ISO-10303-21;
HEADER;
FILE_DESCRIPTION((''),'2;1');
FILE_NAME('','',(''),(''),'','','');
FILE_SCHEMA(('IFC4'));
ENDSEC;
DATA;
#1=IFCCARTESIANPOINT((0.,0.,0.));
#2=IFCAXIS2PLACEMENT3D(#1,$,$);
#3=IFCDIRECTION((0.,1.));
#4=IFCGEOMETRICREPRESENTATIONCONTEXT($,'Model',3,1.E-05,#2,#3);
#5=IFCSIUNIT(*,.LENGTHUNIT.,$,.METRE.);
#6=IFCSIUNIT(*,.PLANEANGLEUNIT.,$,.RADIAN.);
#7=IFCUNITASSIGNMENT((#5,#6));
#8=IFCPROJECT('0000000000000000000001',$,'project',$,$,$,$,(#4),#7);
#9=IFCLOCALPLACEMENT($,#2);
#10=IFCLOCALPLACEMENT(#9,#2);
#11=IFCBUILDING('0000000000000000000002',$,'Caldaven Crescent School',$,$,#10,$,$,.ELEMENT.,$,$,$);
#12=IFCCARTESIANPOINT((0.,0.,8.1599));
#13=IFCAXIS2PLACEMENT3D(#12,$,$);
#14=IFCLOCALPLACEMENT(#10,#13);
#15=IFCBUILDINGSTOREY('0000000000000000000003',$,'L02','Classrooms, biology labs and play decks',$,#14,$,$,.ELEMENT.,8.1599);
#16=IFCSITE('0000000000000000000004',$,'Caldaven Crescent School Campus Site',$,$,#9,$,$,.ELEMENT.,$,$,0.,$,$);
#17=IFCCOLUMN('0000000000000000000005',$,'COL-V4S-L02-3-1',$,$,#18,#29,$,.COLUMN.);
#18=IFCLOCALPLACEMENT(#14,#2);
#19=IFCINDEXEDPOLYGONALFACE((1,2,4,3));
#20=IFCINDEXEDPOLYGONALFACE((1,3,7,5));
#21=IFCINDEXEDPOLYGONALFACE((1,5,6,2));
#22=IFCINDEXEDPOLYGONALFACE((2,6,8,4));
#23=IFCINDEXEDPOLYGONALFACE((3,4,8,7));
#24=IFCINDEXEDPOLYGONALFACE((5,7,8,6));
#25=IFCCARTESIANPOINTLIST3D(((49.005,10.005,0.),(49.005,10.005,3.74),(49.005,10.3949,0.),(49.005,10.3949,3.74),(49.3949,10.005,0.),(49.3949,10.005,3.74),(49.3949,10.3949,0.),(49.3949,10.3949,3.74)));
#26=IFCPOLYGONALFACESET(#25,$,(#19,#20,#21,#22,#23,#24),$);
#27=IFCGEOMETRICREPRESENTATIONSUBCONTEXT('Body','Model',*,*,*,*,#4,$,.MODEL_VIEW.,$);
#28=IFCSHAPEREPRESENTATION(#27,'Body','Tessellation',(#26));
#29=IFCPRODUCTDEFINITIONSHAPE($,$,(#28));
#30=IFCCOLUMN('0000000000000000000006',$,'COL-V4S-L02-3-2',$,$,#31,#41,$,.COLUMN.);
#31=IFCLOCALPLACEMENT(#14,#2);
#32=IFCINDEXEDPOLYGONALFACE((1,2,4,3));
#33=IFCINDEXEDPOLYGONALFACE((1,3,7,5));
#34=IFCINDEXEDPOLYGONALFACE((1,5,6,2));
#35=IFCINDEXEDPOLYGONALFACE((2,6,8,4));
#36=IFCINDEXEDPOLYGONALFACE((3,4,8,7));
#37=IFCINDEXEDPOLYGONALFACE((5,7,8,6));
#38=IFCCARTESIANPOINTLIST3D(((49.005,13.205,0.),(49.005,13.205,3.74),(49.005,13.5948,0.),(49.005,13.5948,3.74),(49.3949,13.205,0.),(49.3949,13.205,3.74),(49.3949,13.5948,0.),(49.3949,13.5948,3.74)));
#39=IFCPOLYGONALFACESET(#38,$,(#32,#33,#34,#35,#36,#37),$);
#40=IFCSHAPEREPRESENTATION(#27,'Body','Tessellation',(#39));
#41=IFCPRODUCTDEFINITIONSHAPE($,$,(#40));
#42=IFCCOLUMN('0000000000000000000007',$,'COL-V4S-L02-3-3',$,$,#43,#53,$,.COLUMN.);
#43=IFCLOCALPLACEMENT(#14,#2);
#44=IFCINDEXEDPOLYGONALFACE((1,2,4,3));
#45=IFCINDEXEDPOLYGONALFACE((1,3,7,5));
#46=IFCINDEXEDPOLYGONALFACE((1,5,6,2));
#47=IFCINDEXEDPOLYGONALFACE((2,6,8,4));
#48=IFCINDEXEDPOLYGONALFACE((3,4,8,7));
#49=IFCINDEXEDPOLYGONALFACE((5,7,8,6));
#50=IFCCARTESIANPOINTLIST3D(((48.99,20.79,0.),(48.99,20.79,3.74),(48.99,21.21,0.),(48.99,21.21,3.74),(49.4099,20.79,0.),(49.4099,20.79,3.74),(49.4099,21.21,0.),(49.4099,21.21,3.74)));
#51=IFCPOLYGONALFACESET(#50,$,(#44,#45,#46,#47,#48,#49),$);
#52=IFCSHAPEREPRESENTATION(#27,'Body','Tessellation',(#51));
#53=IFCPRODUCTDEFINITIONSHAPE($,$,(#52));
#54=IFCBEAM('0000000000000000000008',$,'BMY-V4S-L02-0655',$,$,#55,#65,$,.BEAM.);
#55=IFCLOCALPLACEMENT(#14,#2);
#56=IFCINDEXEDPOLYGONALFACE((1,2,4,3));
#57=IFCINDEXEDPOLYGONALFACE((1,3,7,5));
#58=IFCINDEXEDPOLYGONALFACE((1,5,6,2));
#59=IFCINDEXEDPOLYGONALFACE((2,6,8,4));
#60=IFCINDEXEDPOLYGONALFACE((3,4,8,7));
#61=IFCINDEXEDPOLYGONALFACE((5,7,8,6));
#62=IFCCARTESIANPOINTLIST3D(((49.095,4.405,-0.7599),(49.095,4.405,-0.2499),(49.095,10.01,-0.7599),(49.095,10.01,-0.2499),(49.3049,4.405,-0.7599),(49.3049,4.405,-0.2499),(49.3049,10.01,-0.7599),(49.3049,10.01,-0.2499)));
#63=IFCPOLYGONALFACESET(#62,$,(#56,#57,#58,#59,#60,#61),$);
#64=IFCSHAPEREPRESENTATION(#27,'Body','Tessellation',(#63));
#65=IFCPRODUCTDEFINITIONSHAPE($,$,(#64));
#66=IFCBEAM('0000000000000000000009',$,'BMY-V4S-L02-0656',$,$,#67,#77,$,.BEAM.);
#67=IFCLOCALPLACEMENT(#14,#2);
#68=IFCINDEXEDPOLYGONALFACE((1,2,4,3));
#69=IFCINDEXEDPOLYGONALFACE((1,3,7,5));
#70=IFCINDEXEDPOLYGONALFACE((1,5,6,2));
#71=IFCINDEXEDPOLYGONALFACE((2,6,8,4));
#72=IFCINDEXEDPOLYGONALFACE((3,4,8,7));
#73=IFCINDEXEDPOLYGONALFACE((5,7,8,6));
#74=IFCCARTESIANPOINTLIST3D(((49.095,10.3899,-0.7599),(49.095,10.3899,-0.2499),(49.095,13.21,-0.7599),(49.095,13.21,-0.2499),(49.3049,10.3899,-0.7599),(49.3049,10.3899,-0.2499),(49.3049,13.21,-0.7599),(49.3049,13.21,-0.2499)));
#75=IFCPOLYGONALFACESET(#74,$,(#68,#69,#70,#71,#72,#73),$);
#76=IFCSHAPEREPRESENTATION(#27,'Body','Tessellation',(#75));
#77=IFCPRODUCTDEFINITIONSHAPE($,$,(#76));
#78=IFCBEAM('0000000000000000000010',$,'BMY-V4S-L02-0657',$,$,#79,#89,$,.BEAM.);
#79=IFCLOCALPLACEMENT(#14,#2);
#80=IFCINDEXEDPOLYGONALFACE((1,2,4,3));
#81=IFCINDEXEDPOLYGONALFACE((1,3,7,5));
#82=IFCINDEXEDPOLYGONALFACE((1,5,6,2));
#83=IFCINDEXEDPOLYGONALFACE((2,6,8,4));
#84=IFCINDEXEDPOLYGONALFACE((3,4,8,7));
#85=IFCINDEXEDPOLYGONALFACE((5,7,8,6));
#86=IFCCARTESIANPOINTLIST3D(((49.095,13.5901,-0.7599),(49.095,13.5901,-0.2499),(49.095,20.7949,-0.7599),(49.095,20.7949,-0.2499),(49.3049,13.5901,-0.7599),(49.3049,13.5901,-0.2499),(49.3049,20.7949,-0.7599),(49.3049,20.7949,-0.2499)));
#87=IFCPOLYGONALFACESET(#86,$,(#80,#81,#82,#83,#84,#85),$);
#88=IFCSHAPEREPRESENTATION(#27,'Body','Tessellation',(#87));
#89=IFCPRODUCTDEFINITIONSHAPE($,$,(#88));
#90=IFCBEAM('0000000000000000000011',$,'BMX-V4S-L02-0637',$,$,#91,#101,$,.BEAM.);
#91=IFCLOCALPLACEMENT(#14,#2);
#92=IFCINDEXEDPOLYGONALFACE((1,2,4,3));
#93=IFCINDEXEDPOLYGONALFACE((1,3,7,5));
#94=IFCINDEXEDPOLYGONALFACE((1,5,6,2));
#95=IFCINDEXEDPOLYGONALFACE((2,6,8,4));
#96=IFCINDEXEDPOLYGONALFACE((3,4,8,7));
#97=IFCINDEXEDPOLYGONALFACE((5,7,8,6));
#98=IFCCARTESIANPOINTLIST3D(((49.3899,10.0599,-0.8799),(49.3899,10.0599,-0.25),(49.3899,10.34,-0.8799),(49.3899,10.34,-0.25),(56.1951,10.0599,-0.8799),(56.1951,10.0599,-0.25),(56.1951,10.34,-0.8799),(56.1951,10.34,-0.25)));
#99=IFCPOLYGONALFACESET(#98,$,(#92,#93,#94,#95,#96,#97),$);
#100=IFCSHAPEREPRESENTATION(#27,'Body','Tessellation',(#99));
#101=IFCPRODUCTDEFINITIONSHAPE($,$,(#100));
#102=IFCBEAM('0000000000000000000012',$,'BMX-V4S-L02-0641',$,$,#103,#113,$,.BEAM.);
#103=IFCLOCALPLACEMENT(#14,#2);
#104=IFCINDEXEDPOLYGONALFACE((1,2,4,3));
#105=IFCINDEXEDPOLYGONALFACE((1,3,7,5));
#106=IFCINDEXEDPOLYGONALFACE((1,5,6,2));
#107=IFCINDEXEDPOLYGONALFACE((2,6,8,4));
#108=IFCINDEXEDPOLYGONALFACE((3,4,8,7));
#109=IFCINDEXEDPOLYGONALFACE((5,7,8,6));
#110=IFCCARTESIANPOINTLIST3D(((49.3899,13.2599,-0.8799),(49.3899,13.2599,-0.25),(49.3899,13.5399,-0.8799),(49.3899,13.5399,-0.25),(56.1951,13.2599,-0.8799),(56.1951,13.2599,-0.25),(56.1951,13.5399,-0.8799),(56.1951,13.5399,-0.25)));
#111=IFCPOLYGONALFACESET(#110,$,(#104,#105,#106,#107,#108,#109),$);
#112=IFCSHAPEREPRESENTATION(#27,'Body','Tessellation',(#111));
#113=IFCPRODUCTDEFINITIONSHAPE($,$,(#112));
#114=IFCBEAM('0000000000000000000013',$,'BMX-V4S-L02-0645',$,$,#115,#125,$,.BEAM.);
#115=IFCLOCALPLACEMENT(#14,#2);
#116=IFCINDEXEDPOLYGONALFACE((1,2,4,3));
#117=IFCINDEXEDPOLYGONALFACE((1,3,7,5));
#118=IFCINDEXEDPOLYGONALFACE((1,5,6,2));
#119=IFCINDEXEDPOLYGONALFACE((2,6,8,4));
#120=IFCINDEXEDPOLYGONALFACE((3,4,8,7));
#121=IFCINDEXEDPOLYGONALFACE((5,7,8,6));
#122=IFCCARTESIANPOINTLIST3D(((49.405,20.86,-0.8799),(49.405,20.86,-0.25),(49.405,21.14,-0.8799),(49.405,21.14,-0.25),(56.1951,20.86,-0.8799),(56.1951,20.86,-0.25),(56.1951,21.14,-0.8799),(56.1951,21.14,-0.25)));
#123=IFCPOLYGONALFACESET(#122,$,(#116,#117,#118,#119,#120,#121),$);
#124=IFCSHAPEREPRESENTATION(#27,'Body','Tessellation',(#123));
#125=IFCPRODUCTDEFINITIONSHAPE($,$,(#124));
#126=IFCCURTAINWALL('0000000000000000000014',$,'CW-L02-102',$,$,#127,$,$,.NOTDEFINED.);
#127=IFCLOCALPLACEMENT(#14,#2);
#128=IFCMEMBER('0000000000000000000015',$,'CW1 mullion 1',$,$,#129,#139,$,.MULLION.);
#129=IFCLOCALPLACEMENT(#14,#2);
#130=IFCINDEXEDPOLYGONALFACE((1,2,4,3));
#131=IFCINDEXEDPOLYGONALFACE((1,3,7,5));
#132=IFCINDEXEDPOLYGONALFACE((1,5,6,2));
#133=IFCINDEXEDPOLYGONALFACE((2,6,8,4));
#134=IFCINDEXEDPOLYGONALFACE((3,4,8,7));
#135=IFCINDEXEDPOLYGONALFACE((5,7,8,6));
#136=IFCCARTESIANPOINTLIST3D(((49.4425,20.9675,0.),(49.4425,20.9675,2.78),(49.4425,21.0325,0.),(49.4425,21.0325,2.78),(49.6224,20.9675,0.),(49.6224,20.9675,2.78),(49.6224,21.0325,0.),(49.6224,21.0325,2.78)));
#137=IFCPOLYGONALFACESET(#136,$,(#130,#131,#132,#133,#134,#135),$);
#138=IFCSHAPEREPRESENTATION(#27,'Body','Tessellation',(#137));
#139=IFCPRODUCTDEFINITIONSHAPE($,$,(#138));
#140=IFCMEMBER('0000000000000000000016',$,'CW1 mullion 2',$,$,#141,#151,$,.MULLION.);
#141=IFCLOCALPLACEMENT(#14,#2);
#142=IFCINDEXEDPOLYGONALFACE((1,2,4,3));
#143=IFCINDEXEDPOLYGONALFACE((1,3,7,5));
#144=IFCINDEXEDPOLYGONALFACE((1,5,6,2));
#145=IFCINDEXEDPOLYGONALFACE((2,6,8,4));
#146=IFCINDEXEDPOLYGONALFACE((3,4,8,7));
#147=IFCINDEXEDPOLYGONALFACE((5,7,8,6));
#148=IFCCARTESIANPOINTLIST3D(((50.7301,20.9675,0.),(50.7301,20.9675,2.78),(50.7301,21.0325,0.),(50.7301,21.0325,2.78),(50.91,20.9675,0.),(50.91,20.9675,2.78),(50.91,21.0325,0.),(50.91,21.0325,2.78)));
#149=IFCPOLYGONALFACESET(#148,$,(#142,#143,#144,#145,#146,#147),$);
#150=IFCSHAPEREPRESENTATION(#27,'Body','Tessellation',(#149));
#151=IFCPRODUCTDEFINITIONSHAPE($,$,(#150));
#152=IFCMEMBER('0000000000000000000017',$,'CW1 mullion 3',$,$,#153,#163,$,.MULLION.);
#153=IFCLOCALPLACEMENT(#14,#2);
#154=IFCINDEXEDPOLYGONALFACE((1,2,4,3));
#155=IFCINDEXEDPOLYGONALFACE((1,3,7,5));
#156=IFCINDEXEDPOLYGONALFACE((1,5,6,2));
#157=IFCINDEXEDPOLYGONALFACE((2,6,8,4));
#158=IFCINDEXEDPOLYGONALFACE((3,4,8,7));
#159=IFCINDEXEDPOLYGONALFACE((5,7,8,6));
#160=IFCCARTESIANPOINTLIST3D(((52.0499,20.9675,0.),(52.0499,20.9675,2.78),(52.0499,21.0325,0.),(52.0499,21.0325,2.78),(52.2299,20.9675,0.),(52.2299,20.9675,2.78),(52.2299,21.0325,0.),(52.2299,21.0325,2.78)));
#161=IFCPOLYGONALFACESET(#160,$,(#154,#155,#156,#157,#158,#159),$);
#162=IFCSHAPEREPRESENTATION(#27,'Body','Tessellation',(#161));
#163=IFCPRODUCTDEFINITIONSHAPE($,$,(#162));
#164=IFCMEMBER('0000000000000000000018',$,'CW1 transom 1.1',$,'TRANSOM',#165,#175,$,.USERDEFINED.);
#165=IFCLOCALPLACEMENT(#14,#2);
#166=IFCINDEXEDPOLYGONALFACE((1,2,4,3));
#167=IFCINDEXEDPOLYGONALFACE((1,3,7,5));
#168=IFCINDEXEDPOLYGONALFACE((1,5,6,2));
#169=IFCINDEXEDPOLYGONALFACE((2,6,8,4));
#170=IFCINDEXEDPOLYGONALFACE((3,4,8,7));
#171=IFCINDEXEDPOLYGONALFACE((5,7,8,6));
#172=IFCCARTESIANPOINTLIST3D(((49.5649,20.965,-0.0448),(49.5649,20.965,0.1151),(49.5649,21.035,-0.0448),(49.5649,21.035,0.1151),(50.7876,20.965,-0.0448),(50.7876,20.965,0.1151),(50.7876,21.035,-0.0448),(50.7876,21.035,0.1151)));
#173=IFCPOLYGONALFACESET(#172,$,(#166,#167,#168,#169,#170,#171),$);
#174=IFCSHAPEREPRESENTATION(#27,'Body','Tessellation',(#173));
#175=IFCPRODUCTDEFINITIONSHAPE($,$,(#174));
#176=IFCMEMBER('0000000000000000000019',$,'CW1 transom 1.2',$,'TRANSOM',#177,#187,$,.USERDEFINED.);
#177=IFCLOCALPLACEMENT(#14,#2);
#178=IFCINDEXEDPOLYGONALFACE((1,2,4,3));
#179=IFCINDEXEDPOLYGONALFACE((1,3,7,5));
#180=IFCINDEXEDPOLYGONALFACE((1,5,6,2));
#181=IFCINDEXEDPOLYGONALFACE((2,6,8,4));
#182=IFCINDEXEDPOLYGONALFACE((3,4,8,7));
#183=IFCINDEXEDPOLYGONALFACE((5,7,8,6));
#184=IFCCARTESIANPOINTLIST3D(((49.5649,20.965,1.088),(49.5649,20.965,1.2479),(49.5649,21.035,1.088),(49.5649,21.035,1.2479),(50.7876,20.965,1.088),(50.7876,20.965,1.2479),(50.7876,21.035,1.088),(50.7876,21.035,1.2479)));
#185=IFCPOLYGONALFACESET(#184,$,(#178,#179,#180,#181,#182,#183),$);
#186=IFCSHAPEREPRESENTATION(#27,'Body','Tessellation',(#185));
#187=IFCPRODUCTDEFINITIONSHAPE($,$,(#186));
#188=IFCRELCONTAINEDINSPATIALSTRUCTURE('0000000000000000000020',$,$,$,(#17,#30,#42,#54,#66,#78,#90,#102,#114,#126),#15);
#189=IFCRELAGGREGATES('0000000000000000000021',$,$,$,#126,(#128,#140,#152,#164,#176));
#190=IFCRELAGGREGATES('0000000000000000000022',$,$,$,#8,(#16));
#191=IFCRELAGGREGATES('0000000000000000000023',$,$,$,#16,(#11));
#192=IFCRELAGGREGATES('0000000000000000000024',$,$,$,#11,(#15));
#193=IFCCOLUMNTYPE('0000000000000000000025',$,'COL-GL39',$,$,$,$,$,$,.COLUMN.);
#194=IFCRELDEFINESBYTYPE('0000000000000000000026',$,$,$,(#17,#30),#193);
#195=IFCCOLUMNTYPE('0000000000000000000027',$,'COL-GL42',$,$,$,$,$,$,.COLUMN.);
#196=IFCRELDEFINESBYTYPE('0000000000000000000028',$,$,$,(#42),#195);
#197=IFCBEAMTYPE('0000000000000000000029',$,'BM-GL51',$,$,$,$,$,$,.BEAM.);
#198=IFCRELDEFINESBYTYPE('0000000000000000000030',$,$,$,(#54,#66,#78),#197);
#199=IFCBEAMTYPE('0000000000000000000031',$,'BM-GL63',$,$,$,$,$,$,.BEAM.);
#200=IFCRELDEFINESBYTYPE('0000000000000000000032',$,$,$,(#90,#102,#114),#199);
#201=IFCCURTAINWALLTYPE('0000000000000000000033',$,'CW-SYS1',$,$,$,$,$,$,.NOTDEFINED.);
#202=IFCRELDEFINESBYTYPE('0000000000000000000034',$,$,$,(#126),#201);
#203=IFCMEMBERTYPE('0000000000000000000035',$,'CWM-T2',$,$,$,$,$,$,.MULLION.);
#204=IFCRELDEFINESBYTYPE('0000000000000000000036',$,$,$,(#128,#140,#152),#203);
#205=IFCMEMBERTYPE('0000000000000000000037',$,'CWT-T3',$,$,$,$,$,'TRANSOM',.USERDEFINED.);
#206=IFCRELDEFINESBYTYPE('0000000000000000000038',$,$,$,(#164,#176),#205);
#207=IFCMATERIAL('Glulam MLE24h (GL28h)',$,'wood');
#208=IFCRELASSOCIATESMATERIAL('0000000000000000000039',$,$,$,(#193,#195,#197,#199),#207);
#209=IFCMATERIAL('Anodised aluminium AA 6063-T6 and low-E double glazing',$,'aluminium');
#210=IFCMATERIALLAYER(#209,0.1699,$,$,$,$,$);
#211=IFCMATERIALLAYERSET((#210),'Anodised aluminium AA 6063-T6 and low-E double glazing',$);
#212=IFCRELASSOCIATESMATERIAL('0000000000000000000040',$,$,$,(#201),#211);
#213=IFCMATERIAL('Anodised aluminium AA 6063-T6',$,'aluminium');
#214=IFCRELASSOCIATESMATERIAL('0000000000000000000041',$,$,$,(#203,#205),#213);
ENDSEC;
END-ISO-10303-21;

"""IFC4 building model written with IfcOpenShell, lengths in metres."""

from ifc_helpers import new_model, si_unit, direction, frame, origin, origin_2d, place, context, subcontext, project, spatial, rectangle, extrude, material, layer, layer_set, material_profile, profile_set, type_object, element, aggregate, save


model = new_model("IFC4")

# Units and contexts
model_context = context("Model", 3, precision=1e-05, world=origin(), true_north=direction((0.0, 1.0)))
body_context = subcontext(model_context, "Body", "Model", "MODEL_VIEW")
ifc_project = project(units=[si_unit("LENGTHUNIT", "METRE"), si_unit("PLANEANGLEUNIT", "RADIAN")], contexts=[model_context])

# Site, building, storey
site_placement = place(None, origin())
site = spatial("IfcSite", under=ifc_project, at=site_placement, Name="Caldaven Crescent School Campus Site", CompositionType="ELEMENT", RefElevation=0.0)
building_placement = place(site_placement, origin())
building = spatial("IfcBuilding", under=site, at=building_placement, Name="Caldaven Crescent School", CompositionType="ELEMENT")
storey_placement = place(building_placement, frame((0.0, 0.0, 8.1599)))
storey = spatial("IfcBuildingStorey", under=building, at=storey_placement, Name="L02", Description="Classrooms, biology labs and play decks", CompositionType="ELEMENT", Elevation=8.1599)

# Columns
ifc_material_1 = material(Name="Glulam MLE24h (GL28h)", Category="wood")
ifc_material_profile_1 = material_profile(ifc_material_1, rectangle(XDim=0.3899, YDim=0.3899, at=origin_2d()), Name="MLE 390x390")
ifc_profile_set_1 = profile_set([ifc_material_profile_1], Name="Glulam MLE24h (GL28h)")
column_type_1 = type_object("IfcColumnType", Name="COL-GL39", PredefinedType="COLUMN", material=ifc_profile_set_1)
for number, where, z_axis, x_axis, name in (
    (1, (49.2, 10.2, 0.0), (0.0, 0.0, 1.0), (1.0, 0.0, 0.0), "COL-V4S-L02-3-1"),
    (2, (49.2, 13.3999, 0.0), (0.0, 0.0, 1.0), (1.0, 0.0, 0.0), "COL-V4S-L02-3-2"),
):
    element("IfcColumn", number, at=place(storey_placement, frame(where, z_axis=z_axis, x_axis=x_axis)), inside=storey, type_object=column_type_1, Name=name, PredefinedType="COLUMN", context=body_context, shape_type="SweptSolid", body=[
        extrude(rectangle(XDim=0.3899, YDim=0.3899, at=origin_2d()), origin(), (0.0, 0.0, 1.0), 3.74),
    ])
ifc_material_profile_2 = material_profile(ifc_material_1, rectangle(XDim=0.4199, YDim=0.4199, at=origin_2d()), Name="MLE 420x420")
ifc_profile_set_2 = profile_set([ifc_material_profile_2], Name="Glulam MLE24h (GL28h)")
column_type_2 = type_object("IfcColumnType", Name="COL-GL42", PredefinedType="COLUMN", material=ifc_profile_set_2)
column_placement = place(storey_placement, frame((49.2, 21.0, 0.0), z_axis=(0.0, 0.0, 1.0), x_axis=(1.0, 0.0, 0.0)))
element("IfcColumn", 3, at=column_placement, inside=storey, type_object=column_type_2, Name="COL-V4S-L02-3-3", PredefinedType="COLUMN", context=body_context, shape_type="SweptSolid", body=[
    extrude(rectangle(XDim=0.4199, YDim=0.4199, at=origin_2d()), origin(), (0.0, 0.0, 1.0), 3.74),
])

# Beams
ifc_material_profile_3 = material_profile(ifc_material_1, rectangle(XDim=0.21, YDim=0.51, at=origin_2d()), Name="MLE 210x510")
ifc_profile_set_3 = profile_set([ifc_material_profile_3], Name="Glulam MLE24h (GL28h)")
beam_type_1 = type_object("IfcBeamType", Name="BM-GL51", PredefinedType="BEAM", material=ifc_profile_set_3)
beam_1_placement = place(storey_placement, frame((49.2, 4.405, -0.5049), z_axis=(0.0, 1.0, 0.0), x_axis=(-1.0, 0.0, 0.0)))
element("IfcBeam", 4, at=beam_1_placement, inside=storey, type_object=beam_type_1, Name="BMY-V4S-L02-0655", PredefinedType="BEAM", context=body_context, shape_type="SweptSolid", body=[
    extrude(rectangle(XDim=0.21, YDim=0.51, at=origin_2d()), origin(), (0.0, 0.0, 1.0), 5.605),
])
beam_2_placement = place(storey_placement, frame((49.2, 10.3899, -0.5049), z_axis=(0.0, 1.0, 0.0), x_axis=(-1.0, 0.0, 0.0)))
element("IfcBeam", 5, at=beam_2_placement, inside=storey, type_object=beam_type_1, Name="BMY-V4S-L02-0656", PredefinedType="BEAM", context=body_context, shape_type="SweptSolid", body=[
    extrude(rectangle(XDim=0.21, YDim=0.51, at=origin_2d()), origin(), (0.0, 0.0, 1.0), 2.8201),
])
beam_3_placement = place(storey_placement, frame((49.2, 13.5901, -0.5049), z_axis=(0.0, 1.0, 0.0), x_axis=(-1.0, 0.0, 0.0)))
element("IfcBeam", 6, at=beam_3_placement, inside=storey, type_object=beam_type_1, Name="BMY-V4S-L02-0657", PredefinedType="BEAM", context=body_context, shape_type="SweptSolid", body=[
    extrude(rectangle(XDim=0.21, YDim=0.51, at=origin_2d()), origin(), (0.0, 0.0, 1.0), 7.2048),
])
ifc_material_profile_4 = material_profile(ifc_material_1, rectangle(XDim=0.28, YDim=0.6299, at=origin_2d()), Name="MLE 280x630")
ifc_profile_set_4 = profile_set([ifc_material_profile_4], Name="Glulam MLE24h (GL28h)")
beam_type_2 = type_object("IfcBeamType", Name="BM-GL63", PredefinedType="BEAM", material=ifc_profile_set_4)
for number, where, z_axis, x_axis, name in (
    (7, (49.3899, 10.2, -0.5649), (1.0, 0.0, 0.0), (0.0, 1.0, 0.0), "BMX-V4S-L02-0637"),
    (8, (49.3899, 13.3999, -0.5649), (1.0, 0.0, 0.0), (0.0, 1.0, 0.0), "BMX-V4S-L02-0641"),
):
    element("IfcBeam", number, at=place(storey_placement, frame(where, z_axis=z_axis, x_axis=x_axis)), inside=storey, type_object=beam_type_2, Name=name, PredefinedType="BEAM", context=body_context, shape_type="SweptSolid", body=[
        extrude(rectangle(XDim=0.28, YDim=0.6299, at=origin_2d()), origin(), (0.0, 0.0, 1.0), 6.8052),
    ])
beam_4_placement = place(storey_placement, frame((49.405, 21.0, -0.5649), z_axis=(1.0, 0.0, 0.0), x_axis=(0.0, 1.0, 0.0)))
element("IfcBeam", 9, at=beam_4_placement, inside=storey, type_object=beam_type_2, Name="BMX-V4S-L02-0645", PredefinedType="BEAM", context=body_context, shape_type="SweptSolid", body=[
    extrude(rectangle(XDim=0.28, YDim=0.6299, at=origin_2d()), origin(), (0.0, 0.0, 1.0), 6.79),
])

# Curtain wall, members
ifc_material_2 = material(Name="Anodised aluminium AA 6063-T6 and low-E double glazing", Category="aluminium")
ifc_layer_1 = layer(ifc_material_2, 0.1699)
ifc_layer_set_1 = layer_set([ifc_layer_1], Name="Anodised aluminium AA 6063-T6 and low-E double glazing")
curtain_wall_type = type_object("IfcCurtainWallType", Name="CW-SYS1", PredefinedType="NOTDEFINED", material=ifc_layer_set_1)
curtain_wall_placement = place(storey_placement, origin())
curtain_wall = element("IfcCurtainWall", 10, at=curtain_wall_placement, inside=storey, type_object=curtain_wall_type, Name="CW-L02-102", PredefinedType="NOTDEFINED")
ifc_material_3 = material(Name="Anodised aluminium AA 6063-T6", Category="aluminium")
ifc_material_profile_5 = material_profile(ifc_material_3, rectangle(XDim=0.0649, YDim=0.1799, at=origin_2d()), Name="CWM 65x180")
ifc_profile_set_5 = profile_set([ifc_material_profile_5], Name="Anodised aluminium AA 6063-T6")
member_type_1 = type_object("IfcMemberType", Name="CWM-T2", PredefinedType="MULLION", material=ifc_profile_set_5)
member_1_placement = place(storey_placement, frame((49.5325, 21.0, 0.0), z_axis=(0.0, 0.0, 1.0), x_axis=(0.0, 1.0, 0.0)))
member_1 = element("IfcMember", 11, at=member_1_placement, type_object=member_type_1, Name="CW1 mullion 1", PredefinedType="MULLION", context=body_context, shape_type="SweptSolid", body=[
    extrude(rectangle(XDim=0.0649, YDim=0.1799, at=origin_2d()), origin(), (0.0, 0.0, 1.0), 2.78),
])
member_2_placement = place(storey_placement, frame((50.8201, 21.0, 0.0), z_axis=(0.0, 0.0, 1.0), x_axis=(0.0, 1.0, 0.0)))
member_2 = element("IfcMember", 12, at=member_2_placement, type_object=member_type_1, Name="CW1 mullion 2", PredefinedType="MULLION", context=body_context, shape_type="SweptSolid", body=[
    extrude(rectangle(XDim=0.0649, YDim=0.1799, at=origin_2d()), origin(), (0.0, 0.0, 1.0), 2.78),
])
member_3_placement = place(storey_placement, frame((52.1399, 21.0, 0.0), z_axis=(0.0, 0.0, 1.0), x_axis=(0.0, 1.0, 0.0)))
member_3 = element("IfcMember", 13, at=member_3_placement, type_object=member_type_1, Name="CW1 mullion 3", PredefinedType="MULLION", context=body_context, shape_type="SweptSolid", body=[
    extrude(rectangle(XDim=0.0649, YDim=0.1799, at=origin_2d()), origin(), (0.0, 0.0, 1.0), 2.78),
])
ifc_material_profile_6 = material_profile(ifc_material_3, rectangle(XDim=0.0701, YDim=0.1599, at=origin_2d()), Name="CWT 70x160")
ifc_profile_set_6 = profile_set([ifc_material_profile_6], Name="Anodised aluminium AA 6063-T6")
member_type_2 = type_object("IfcMemberType", Name="CWT-T3", ElementType="TRANSOM", PredefinedType="USERDEFINED", material=ifc_profile_set_6)
member_4_placement = place(storey_placement, frame((49.5649, 21.0, 0.0352), z_axis=(1.0, 0.0, 0.0), x_axis=(0.0, 1.0, 0.0)))
member_4 = element("IfcMember", 14, at=member_4_placement, type_object=member_type_2, Name="CW1 transom 1.1", ObjectType="TRANSOM", PredefinedType="USERDEFINED", context=body_context, shape_type="SweptSolid", body=[
    extrude(rectangle(XDim=0.0701, YDim=0.1599, at=origin_2d()), origin(), (0.0, 0.0, 1.0), 1.2227),
])
member_5_placement = place(storey_placement, frame((49.5649, 21.0, 1.168), z_axis=(1.0, 0.0, 0.0), x_axis=(0.0, 1.0, 0.0)))
member_5 = element("IfcMember", 15, at=member_5_placement, type_object=member_type_2, Name="CW1 transom 1.2", ObjectType="TRANSOM", PredefinedType="USERDEFINED", context=body_context, shape_type="SweptSolid", body=[
    extrude(rectangle(XDim=0.0701, YDim=0.1599, at=origin_2d()), origin(), (0.0, 0.0, 1.0), 1.2227),
])

aggregate(curtain_wall, [member_1, member_2, member_3, member_4, member_5])

save(model, "model.ifc")
